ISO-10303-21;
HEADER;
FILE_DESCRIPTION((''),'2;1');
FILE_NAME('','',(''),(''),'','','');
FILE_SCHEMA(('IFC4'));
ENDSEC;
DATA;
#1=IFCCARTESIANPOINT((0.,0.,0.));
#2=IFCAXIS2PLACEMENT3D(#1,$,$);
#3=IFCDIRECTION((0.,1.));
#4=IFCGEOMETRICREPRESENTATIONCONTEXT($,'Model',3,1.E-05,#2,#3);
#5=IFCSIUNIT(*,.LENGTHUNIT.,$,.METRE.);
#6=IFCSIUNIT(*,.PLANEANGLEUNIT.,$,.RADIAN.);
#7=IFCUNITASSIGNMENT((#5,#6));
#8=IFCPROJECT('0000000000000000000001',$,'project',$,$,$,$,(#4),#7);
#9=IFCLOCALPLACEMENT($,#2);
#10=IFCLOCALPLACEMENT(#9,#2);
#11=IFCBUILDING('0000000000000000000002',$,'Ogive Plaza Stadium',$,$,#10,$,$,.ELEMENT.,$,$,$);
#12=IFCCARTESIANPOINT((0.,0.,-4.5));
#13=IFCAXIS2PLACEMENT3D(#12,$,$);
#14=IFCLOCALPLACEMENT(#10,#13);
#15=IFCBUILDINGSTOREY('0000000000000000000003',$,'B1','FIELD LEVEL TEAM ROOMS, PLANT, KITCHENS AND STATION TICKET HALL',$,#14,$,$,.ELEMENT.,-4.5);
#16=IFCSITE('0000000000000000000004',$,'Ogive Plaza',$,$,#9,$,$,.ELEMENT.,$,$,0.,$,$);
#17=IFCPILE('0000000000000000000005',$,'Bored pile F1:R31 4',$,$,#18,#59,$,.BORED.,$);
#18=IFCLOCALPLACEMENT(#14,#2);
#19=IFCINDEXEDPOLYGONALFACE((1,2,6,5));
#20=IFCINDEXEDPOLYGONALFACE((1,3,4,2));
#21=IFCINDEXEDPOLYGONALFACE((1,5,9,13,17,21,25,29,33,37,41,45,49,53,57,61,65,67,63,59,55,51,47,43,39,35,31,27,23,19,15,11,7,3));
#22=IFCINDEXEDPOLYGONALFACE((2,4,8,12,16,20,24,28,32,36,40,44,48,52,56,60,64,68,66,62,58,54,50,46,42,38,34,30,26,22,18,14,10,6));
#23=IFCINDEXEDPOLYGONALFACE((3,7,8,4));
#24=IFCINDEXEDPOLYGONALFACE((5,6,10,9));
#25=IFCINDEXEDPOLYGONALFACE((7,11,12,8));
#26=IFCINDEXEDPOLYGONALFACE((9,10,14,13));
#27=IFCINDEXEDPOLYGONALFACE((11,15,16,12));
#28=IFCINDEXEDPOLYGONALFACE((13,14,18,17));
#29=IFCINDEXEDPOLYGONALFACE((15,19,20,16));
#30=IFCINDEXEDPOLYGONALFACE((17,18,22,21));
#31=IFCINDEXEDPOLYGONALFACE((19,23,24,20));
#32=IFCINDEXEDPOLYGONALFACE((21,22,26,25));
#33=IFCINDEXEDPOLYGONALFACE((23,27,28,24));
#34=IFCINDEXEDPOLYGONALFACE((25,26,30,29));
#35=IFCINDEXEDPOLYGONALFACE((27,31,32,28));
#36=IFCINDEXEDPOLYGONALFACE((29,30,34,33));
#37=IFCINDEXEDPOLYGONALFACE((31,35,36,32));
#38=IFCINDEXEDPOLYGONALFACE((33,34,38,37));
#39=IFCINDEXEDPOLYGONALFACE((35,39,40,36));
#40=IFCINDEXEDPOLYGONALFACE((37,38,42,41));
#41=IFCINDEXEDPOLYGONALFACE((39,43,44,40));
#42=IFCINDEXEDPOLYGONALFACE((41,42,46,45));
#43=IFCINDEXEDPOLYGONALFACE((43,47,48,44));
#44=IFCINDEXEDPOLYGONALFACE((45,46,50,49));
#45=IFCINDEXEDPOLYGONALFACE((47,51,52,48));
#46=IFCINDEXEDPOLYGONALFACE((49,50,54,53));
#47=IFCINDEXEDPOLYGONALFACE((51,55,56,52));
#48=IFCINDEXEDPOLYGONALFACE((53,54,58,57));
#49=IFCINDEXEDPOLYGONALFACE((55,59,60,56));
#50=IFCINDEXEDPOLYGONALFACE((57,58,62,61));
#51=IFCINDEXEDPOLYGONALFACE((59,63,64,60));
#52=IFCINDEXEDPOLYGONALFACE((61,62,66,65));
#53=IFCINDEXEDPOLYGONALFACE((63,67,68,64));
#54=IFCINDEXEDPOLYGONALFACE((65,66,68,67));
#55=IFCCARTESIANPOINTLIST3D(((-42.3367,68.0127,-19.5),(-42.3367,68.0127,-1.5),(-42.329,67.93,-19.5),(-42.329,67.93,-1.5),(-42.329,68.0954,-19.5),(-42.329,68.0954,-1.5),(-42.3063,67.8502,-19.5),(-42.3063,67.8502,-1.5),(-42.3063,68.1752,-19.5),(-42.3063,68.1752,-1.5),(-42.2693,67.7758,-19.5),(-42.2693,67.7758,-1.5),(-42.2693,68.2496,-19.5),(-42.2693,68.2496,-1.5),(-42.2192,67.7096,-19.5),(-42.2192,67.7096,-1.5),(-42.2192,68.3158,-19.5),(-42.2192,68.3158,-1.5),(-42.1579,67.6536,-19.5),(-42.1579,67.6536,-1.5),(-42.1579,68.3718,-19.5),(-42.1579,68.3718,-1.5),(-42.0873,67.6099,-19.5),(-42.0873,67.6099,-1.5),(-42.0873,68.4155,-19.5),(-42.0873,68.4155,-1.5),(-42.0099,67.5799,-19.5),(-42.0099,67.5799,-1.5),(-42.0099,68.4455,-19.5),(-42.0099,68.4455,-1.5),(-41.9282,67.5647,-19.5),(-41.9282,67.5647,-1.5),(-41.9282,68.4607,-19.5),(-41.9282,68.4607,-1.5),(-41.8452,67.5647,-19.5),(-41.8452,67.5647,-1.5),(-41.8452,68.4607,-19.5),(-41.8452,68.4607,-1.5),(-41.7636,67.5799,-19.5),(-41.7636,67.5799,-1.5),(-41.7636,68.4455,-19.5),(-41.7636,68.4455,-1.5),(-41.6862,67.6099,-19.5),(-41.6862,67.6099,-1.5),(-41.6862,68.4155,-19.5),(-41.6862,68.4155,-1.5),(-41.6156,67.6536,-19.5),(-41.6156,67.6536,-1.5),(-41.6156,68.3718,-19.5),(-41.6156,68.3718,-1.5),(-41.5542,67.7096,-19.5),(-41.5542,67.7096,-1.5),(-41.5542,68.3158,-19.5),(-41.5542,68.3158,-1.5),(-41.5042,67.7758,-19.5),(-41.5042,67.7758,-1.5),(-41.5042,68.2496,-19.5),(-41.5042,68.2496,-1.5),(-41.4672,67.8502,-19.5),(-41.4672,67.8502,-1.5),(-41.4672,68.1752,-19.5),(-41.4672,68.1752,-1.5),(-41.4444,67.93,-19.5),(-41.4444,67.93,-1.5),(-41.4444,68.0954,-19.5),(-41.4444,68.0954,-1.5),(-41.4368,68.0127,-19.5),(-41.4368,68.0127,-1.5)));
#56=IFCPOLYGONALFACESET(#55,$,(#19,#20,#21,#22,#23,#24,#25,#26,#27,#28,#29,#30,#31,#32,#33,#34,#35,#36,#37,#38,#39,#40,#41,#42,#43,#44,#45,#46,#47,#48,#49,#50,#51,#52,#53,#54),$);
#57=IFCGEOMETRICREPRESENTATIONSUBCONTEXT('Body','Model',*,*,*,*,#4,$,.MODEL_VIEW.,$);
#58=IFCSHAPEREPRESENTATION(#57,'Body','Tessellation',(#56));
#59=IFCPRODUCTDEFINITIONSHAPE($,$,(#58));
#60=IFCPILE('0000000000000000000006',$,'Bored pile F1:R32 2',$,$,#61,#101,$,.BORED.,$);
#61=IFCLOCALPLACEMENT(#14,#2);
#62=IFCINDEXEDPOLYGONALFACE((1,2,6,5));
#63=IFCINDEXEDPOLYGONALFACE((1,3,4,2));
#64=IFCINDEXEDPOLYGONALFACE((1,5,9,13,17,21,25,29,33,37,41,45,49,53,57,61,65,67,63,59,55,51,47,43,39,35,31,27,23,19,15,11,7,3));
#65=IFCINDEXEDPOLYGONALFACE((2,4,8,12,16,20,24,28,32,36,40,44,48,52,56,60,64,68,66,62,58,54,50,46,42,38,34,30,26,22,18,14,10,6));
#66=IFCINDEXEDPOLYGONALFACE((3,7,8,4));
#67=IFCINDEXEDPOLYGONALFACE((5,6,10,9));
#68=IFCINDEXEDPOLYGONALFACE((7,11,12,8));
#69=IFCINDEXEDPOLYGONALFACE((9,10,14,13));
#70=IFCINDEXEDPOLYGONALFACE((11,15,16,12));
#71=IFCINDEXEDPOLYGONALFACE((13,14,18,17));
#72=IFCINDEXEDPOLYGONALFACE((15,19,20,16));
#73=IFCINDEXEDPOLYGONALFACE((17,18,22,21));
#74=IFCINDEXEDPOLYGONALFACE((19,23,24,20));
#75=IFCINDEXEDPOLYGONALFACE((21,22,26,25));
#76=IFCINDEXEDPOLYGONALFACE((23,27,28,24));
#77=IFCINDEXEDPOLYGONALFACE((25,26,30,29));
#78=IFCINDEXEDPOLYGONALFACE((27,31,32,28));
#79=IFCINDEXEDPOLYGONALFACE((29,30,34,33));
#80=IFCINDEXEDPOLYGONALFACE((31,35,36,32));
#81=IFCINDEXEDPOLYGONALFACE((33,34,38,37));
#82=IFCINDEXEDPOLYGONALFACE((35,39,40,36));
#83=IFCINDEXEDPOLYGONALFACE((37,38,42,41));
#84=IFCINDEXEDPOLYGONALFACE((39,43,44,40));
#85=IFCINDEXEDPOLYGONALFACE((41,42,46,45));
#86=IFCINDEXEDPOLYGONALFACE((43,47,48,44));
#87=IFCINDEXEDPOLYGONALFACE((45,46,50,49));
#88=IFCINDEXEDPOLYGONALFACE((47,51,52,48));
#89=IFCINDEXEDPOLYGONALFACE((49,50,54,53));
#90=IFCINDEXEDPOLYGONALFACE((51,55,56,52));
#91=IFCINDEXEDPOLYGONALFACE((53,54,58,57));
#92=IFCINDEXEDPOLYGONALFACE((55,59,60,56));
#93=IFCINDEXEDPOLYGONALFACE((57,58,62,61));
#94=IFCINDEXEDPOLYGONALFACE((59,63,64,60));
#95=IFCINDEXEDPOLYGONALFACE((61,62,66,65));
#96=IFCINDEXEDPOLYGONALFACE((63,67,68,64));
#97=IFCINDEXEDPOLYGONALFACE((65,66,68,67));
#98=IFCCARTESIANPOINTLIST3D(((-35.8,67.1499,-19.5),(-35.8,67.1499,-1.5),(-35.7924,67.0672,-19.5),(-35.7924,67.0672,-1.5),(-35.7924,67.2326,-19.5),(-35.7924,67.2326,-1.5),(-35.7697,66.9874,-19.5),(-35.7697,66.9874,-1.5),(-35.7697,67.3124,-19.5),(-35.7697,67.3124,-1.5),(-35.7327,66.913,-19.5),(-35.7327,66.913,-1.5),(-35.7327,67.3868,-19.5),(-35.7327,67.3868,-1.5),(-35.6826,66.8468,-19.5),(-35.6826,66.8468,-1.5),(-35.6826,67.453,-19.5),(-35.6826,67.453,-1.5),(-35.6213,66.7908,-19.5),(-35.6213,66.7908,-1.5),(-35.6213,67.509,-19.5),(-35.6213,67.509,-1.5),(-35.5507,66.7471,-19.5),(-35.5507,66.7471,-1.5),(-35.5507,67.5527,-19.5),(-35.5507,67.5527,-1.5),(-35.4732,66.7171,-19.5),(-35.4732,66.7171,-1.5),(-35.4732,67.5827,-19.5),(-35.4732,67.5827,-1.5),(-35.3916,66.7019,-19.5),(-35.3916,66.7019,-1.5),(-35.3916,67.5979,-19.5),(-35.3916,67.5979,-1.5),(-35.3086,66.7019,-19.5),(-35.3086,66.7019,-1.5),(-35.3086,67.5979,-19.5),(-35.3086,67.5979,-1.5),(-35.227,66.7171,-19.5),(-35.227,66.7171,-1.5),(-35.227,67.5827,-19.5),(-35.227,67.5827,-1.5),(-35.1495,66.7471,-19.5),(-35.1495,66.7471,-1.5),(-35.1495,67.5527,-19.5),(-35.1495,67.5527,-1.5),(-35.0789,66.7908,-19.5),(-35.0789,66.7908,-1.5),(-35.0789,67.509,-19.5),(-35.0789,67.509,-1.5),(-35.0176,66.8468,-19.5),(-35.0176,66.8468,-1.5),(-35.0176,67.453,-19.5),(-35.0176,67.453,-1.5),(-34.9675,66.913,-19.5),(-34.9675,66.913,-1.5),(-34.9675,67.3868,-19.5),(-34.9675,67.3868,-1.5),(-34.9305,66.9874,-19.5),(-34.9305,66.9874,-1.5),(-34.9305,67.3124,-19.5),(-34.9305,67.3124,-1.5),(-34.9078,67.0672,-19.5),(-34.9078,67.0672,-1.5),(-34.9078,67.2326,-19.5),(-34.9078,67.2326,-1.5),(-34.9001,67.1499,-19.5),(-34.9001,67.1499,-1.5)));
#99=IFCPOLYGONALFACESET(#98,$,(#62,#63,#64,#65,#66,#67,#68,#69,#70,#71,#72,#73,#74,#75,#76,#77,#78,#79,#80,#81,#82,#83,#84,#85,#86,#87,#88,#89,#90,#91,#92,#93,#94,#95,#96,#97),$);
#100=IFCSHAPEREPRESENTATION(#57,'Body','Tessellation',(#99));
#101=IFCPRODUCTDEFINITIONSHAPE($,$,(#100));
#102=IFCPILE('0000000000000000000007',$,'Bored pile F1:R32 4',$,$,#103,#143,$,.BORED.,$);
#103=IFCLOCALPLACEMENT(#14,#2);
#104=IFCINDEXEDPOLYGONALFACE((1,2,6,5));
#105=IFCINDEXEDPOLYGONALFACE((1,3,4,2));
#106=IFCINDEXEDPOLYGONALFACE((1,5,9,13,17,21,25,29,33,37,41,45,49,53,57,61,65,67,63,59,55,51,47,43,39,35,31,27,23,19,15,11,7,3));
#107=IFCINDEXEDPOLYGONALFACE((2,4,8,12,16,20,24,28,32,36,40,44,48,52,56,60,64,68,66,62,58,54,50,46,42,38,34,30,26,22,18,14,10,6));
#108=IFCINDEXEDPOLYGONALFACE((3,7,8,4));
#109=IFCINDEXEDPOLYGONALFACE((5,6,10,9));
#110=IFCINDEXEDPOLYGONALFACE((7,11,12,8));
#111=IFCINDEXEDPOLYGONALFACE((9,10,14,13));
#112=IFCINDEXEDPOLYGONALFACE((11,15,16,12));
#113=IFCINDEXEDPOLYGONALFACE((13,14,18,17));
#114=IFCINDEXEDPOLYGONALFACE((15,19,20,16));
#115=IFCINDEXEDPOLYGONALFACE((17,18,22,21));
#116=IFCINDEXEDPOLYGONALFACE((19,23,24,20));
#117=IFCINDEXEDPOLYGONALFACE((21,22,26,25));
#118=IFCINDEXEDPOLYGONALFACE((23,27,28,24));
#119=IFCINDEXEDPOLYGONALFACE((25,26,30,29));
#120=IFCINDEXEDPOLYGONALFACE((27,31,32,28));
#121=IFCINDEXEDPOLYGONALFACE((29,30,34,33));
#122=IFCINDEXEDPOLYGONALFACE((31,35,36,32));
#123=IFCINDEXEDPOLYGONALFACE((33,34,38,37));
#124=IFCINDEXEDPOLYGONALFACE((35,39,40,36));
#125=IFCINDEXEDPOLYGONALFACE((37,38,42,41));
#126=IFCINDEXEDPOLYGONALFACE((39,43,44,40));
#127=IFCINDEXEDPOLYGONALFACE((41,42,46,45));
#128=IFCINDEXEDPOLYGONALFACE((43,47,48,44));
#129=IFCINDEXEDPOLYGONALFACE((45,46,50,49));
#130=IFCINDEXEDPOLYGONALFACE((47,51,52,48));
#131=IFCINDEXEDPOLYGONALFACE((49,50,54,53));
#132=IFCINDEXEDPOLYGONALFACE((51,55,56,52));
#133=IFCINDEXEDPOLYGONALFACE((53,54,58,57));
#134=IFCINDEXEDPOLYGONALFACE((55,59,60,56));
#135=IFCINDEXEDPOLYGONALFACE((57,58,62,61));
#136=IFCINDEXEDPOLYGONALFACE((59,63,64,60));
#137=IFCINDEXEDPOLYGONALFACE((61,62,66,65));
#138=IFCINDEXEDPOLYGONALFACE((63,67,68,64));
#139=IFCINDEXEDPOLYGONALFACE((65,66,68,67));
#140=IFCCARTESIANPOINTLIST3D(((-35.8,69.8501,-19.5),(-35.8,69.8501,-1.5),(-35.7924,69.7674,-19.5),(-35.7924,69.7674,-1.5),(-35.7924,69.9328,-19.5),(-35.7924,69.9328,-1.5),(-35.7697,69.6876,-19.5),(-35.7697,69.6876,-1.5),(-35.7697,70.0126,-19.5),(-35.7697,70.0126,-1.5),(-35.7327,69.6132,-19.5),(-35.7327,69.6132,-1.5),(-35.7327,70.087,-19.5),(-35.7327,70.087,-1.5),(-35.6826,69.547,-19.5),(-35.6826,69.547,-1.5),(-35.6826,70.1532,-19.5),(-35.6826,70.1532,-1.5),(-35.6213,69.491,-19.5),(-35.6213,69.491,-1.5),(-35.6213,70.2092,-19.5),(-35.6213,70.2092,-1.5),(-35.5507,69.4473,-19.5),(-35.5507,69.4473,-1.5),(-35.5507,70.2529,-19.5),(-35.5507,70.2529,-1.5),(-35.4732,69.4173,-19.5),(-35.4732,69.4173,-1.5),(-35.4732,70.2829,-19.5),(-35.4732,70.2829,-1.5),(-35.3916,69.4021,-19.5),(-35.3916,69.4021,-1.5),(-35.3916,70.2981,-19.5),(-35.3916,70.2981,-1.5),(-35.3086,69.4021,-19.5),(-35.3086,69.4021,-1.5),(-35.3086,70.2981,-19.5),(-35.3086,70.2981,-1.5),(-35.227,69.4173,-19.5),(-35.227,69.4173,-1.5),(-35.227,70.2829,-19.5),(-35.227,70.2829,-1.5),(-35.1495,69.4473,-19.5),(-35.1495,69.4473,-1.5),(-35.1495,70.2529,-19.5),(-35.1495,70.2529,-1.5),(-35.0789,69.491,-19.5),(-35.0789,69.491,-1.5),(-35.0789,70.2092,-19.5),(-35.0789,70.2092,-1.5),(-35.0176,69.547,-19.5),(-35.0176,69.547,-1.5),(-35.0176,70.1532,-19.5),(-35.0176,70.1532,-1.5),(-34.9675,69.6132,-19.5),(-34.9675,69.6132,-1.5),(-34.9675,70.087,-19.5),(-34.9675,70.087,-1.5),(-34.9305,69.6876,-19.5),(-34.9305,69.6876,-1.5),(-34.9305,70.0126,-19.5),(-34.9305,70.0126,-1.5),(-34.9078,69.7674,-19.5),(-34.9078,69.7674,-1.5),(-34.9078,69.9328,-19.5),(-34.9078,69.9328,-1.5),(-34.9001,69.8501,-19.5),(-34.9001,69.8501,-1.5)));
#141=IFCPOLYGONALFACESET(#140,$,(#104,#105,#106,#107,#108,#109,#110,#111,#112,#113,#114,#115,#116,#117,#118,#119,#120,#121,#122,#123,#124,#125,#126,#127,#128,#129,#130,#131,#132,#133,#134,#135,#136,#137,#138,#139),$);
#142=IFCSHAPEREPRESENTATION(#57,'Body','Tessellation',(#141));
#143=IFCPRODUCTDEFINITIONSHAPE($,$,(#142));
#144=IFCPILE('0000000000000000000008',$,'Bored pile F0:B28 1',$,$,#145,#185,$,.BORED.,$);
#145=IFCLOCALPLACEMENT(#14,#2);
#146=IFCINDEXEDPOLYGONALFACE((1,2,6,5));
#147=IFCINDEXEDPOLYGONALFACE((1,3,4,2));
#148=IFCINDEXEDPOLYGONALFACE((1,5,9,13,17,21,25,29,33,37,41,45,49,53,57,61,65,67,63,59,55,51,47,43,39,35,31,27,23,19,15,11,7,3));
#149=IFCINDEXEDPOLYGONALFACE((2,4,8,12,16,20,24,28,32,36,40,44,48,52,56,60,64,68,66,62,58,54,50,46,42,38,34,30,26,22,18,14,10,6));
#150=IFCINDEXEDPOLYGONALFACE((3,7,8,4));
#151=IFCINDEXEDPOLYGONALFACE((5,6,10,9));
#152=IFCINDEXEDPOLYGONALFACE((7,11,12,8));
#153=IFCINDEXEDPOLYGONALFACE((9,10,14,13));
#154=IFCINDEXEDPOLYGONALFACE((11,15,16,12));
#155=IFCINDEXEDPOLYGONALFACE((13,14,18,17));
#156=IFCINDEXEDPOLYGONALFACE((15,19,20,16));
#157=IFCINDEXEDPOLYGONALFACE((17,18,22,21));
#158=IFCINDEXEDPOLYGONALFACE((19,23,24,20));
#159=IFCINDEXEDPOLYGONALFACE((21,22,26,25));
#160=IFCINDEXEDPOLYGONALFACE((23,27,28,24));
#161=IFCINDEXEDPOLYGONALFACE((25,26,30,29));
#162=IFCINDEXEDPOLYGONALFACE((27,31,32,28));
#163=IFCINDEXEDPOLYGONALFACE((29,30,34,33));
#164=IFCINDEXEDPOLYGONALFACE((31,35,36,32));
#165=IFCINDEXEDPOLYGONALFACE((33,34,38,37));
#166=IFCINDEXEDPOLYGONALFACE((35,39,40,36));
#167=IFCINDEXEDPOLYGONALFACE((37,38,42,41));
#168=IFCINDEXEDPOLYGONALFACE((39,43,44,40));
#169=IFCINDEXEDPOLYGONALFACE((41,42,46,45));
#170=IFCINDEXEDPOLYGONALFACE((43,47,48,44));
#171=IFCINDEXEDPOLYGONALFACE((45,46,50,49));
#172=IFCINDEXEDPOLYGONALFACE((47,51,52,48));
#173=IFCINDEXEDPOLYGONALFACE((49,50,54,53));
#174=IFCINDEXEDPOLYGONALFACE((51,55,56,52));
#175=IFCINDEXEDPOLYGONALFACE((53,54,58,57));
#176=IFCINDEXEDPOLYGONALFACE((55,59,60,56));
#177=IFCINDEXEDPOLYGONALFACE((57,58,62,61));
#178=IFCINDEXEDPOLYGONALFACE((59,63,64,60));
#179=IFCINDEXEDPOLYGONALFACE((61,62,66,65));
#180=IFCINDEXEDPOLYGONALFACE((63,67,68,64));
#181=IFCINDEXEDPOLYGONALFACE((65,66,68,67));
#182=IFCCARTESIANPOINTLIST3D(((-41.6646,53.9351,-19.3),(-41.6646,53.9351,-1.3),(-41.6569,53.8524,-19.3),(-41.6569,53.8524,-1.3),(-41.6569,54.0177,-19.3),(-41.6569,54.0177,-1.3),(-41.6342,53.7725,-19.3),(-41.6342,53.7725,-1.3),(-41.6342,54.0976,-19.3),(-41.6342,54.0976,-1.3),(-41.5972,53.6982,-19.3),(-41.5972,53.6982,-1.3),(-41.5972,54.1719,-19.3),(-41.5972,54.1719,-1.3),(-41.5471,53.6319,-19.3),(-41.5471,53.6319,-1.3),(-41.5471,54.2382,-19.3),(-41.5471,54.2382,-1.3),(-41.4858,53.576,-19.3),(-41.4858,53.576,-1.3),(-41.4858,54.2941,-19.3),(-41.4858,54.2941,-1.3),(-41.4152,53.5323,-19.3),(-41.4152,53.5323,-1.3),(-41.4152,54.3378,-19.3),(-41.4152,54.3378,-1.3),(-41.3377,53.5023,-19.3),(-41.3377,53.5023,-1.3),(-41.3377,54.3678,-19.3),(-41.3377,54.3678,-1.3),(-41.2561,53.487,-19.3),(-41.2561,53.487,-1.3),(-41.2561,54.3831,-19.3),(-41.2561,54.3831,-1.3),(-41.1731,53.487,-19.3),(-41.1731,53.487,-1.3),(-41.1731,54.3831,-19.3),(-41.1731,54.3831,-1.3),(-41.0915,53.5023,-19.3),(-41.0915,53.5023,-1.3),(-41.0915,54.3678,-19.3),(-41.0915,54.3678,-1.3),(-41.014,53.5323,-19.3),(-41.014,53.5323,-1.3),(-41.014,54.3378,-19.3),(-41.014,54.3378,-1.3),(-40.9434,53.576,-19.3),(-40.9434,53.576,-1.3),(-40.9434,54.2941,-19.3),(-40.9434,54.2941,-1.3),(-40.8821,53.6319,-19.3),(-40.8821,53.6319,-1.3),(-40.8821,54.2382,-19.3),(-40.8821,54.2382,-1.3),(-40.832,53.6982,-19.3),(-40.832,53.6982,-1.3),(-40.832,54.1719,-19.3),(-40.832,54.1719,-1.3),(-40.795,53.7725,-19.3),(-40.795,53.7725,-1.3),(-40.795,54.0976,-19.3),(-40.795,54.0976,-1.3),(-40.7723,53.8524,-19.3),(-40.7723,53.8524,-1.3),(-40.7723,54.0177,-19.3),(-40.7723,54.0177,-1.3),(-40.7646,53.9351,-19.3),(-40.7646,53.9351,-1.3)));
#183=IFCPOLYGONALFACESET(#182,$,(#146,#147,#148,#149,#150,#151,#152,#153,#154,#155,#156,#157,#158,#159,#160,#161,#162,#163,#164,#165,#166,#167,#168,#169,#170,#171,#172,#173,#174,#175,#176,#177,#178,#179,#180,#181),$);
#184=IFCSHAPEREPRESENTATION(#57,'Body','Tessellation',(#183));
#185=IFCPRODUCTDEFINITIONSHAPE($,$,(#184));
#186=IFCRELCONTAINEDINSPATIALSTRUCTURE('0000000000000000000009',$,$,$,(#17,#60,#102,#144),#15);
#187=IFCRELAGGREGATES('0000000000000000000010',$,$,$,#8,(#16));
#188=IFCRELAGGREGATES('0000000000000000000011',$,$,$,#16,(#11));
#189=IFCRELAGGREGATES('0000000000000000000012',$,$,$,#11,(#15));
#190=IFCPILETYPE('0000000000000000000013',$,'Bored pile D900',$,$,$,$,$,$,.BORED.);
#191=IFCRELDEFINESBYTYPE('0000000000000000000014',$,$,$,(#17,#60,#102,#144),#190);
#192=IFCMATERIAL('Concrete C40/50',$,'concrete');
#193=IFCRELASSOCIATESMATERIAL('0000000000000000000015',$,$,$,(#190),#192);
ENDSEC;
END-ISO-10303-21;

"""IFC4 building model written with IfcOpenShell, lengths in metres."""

from ifc_helpers import new_model, si_unit, direction, frame, origin, origin_2d, place, context, subcontext, project, spatial, circle, extrude, material, material_profile, profile_set, type_object, element, save


model = new_model("IFC4")

# Units and contexts
model_context = context("Model", 3, precision=1e-05, world=origin(), true_north=direction((0.0, 1.0)))
body_context = subcontext(model_context, "Body", "Model", "MODEL_VIEW")
ifc_project = project(units=[si_unit("LENGTHUNIT", "METRE"), si_unit("PLANEANGLEUNIT", "RADIAN")], contexts=[model_context])

# Site, building, storey
site_placement = place(None, origin())
site = spatial("IfcSite", under=ifc_project, at=site_placement, Name="Ogive Plaza", CompositionType="ELEMENT", RefElevation=0.0)
building_placement = place(site_placement, origin())
building = spatial("IfcBuilding", under=site, at=building_placement, Name="Ogive Plaza Stadium", CompositionType="ELEMENT")
storey_placement = place(building_placement, frame((0.0, 0.0, -4.5)))
storey = spatial("IfcBuildingStorey", under=building, at=storey_placement, Name="B1", Description="FIELD LEVEL TEAM ROOMS, PLANT, KITCHENS AND STATION TICKET HALL", CompositionType="ELEMENT", Elevation=-4.5)

# Piles
ifc_material_1 = material(Name="Concrete C40/50", Category="concrete")
ifc_material_profile_1 = material_profile(ifc_material_1, circle(Radius=0.45, at=origin_2d()), Name="RC D900")
ifc_profile_set_1 = profile_set([ifc_material_profile_1], Name="Concrete C40/50")
pile_type = type_object("IfcPileType", Name="Bored pile D900", PredefinedType="BORED", material=ifc_profile_set_1)
for number, where, z_axis, x_axis, name in (
    (1, (-41.8867, 68.0127, -1.5), (0.0, 0.0, -1.0), (1.0, 0.0, 0.0), "Bored pile F1:R31 4"),
    (2, (-35.3501, 67.1499, -1.5), (0.0, 0.0, -1.0), (1.0, 0.0, 0.0), "Bored pile F1:R32 2"),
    (3, (-35.3501, 69.8501, -1.5), (0.0, 0.0, -1.0), (1.0, 0.0, 0.0), "Bored pile F1:R32 4"),
    (4, (-41.2146, 53.9351, -1.3), (0.0, 0.0, -1.0), (1.0, 0.0, 0.0), "Bored pile F0:B28 1"),
):
    element("IfcPile", number, at=place(storey_placement, frame(where, z_axis=z_axis, x_axis=x_axis)), inside=storey, type_object=pile_type, Name=name, PredefinedType="BORED", context=body_context, shape_type="SweptSolid", body=[
        extrude(circle(Radius=0.45, at=origin_2d()), origin(), (0.0, 0.0, 1.0), 18.0),
    ])

save(model, "model.ifc")
